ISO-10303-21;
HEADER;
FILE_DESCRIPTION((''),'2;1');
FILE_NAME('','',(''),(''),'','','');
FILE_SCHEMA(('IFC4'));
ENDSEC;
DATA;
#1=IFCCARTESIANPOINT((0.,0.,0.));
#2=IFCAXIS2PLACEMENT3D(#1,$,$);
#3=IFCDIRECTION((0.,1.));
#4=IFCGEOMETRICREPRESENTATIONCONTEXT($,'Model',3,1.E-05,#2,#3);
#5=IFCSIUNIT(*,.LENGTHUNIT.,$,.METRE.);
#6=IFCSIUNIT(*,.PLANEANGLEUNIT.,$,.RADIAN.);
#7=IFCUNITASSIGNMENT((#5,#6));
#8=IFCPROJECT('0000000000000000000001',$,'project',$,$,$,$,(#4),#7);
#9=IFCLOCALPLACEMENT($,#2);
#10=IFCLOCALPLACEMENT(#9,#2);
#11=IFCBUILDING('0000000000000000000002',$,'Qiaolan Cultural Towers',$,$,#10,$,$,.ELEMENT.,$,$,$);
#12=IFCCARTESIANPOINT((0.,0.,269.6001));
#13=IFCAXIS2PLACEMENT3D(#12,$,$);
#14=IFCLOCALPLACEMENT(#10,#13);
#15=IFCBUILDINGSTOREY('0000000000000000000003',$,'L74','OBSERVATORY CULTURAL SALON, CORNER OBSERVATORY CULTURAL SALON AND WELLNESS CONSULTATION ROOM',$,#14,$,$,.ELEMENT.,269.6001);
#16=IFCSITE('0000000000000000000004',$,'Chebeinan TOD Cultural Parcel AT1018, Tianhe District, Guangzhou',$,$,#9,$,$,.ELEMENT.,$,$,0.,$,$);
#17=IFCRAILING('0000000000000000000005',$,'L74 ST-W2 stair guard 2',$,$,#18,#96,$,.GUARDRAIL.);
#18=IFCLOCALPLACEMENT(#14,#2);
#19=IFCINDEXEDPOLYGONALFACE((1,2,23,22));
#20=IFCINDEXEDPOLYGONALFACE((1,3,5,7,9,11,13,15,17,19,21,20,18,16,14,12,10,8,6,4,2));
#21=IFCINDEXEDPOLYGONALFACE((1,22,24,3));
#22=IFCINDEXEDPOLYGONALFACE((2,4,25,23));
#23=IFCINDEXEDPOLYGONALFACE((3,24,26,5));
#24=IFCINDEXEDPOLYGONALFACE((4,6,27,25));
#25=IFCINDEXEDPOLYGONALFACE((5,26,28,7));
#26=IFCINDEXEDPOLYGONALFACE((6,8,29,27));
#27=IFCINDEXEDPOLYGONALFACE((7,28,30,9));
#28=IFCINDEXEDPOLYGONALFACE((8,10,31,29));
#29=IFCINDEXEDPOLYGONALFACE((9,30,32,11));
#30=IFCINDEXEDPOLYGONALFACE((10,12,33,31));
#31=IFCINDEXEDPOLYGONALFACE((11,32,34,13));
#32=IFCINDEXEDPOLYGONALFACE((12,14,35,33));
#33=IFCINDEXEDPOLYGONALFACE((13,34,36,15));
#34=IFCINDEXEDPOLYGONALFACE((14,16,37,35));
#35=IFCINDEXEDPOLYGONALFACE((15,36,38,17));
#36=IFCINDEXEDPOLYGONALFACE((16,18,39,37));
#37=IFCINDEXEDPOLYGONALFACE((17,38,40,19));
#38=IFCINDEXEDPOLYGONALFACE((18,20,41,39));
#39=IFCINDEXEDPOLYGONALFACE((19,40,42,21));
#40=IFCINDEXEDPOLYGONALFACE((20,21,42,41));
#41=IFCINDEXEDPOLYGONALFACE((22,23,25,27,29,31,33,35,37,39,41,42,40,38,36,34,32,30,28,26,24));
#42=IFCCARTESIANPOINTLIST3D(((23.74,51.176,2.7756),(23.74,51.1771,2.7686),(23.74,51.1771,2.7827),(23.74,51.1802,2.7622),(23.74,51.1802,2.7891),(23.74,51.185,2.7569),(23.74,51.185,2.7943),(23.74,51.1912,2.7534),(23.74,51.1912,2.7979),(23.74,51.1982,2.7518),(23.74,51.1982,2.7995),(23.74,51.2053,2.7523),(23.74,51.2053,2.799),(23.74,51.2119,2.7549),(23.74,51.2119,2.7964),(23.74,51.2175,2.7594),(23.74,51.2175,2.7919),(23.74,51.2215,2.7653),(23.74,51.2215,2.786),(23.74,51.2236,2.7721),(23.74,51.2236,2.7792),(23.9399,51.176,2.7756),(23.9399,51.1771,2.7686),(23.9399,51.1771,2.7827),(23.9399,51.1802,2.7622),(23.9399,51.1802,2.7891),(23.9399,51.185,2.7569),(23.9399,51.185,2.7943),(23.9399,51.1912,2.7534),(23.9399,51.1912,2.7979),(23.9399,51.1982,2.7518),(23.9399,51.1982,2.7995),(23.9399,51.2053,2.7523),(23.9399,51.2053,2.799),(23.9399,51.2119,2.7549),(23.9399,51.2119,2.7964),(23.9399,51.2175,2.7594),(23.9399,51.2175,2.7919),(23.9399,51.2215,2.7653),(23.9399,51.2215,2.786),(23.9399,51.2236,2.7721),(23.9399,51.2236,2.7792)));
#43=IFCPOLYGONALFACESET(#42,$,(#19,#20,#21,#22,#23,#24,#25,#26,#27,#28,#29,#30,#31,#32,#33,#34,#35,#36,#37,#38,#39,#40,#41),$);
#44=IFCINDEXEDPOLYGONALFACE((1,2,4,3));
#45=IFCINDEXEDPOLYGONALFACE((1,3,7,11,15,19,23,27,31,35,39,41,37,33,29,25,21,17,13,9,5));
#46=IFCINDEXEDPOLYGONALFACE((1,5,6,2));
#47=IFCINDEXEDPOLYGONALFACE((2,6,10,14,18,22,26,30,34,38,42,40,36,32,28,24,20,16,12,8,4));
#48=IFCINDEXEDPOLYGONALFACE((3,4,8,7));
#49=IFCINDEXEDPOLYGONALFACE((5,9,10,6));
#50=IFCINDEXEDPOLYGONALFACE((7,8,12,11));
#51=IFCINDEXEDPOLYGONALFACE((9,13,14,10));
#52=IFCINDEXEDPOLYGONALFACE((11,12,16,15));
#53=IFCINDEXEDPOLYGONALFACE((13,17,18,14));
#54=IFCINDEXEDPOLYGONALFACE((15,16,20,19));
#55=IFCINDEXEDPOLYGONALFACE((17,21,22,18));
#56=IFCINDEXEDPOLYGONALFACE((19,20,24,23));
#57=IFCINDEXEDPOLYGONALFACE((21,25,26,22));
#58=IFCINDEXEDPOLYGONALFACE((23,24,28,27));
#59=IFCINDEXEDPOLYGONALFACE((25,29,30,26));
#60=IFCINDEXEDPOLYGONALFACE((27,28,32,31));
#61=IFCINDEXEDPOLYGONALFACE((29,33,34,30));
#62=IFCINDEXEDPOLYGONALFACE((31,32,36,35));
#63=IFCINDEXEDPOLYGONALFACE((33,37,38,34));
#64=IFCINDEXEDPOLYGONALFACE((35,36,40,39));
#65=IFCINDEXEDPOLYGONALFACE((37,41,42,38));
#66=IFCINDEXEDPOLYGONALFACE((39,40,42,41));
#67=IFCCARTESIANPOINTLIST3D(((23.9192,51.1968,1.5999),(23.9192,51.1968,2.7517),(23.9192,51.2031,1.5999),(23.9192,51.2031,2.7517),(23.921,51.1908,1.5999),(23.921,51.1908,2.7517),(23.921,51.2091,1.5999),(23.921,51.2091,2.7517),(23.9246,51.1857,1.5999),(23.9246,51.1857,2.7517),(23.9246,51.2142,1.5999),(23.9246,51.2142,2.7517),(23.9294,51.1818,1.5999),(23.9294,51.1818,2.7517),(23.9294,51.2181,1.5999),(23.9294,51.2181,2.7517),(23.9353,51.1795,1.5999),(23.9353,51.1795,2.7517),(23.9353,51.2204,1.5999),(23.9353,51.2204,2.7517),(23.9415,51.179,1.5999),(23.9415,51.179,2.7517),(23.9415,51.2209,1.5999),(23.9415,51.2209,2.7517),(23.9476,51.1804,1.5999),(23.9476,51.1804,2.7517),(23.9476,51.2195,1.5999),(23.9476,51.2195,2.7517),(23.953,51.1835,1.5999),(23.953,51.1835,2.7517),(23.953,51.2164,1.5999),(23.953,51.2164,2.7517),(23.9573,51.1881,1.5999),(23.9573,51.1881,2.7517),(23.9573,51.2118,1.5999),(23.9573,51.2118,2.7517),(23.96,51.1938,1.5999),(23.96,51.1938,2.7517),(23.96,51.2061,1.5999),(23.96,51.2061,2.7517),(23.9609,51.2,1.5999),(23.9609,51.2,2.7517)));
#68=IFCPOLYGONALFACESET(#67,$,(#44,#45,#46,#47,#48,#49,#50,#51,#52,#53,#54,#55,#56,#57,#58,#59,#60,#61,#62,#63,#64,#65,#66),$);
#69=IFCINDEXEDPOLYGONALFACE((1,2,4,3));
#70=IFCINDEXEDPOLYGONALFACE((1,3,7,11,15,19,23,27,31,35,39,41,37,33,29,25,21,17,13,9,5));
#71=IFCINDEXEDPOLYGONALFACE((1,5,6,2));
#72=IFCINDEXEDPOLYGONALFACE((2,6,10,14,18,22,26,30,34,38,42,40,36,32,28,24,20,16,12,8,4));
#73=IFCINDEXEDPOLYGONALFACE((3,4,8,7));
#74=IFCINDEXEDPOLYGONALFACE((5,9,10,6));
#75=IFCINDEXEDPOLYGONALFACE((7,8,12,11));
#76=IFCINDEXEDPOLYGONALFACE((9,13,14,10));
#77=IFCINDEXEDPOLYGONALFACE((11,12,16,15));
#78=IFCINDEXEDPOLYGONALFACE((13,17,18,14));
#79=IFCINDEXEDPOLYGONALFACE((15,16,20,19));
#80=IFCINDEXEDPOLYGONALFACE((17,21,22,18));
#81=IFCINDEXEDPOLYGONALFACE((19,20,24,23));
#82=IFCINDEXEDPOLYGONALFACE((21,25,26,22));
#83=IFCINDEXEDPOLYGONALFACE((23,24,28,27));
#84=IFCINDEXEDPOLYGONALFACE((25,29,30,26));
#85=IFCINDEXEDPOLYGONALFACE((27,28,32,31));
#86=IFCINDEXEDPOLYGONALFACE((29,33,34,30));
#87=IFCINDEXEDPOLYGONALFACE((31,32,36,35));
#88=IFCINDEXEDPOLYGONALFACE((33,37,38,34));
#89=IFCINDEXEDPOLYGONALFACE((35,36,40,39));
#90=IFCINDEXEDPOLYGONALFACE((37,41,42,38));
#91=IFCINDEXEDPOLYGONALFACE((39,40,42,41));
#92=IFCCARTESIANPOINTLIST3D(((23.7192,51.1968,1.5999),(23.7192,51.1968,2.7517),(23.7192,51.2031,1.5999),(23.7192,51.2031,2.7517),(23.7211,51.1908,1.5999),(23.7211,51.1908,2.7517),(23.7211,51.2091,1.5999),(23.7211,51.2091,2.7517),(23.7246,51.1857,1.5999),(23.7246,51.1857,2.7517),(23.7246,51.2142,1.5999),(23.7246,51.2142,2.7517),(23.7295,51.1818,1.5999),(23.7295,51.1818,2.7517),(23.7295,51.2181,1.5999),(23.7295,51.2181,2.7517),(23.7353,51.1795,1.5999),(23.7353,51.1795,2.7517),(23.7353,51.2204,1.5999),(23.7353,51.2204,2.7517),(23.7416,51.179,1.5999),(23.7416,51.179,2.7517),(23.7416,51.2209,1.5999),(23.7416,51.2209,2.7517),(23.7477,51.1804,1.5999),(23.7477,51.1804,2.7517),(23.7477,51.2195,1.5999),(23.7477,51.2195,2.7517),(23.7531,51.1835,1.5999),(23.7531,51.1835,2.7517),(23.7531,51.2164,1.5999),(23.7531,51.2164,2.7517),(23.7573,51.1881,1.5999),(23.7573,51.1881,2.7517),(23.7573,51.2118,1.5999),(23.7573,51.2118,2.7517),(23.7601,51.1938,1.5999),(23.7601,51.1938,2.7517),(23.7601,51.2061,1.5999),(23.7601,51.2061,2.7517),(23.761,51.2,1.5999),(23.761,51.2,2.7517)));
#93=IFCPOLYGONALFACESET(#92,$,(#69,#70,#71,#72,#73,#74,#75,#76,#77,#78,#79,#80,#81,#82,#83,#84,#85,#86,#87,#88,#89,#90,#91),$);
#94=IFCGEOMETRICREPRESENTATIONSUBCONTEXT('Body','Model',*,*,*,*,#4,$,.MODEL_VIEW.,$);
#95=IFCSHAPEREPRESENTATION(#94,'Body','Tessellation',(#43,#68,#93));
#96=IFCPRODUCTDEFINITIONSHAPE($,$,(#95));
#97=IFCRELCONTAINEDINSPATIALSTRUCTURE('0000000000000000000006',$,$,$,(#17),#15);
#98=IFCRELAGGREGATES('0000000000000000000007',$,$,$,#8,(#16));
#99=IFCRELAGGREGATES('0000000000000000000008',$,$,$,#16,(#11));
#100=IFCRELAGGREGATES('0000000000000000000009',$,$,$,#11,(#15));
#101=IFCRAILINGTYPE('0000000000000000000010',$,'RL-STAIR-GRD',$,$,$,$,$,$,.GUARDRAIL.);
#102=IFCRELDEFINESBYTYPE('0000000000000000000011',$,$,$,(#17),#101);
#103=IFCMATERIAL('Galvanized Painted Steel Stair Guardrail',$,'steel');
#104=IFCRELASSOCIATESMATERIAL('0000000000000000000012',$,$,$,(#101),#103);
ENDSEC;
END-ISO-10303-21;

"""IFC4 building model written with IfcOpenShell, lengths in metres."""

from ifc_helpers import new_model, si_unit, direction, frame, origin, origin_2d, place, context, subcontext, project, spatial, circle, extrude, material, type_object, element, save


model = new_model("IFC4")

# Units and contexts
model_context = context("Model", 3, precision=1e-05, world=origin(), true_north=direction((0.0, 1.0)))
body_context = subcontext(model_context, "Body", "Model", "MODEL_VIEW")
ifc_project = project(units=[si_unit("LENGTHUNIT", "METRE"), si_unit("PLANEANGLEUNIT", "RADIAN")], contexts=[model_context])

# Site, building, storey
site_placement = place(None, origin())
site = spatial("IfcSite", under=ifc_project, at=site_placement, Name="Chebeinan TOD Cultural Parcel AT1018, Tianhe District, Guangzhou", CompositionType="ELEMENT", RefElevation=0.0)
building_placement = place(site_placement, origin())
building = spatial("IfcBuilding", under=site, at=building_placement, Name="Qiaolan Cultural Towers", CompositionType="ELEMENT")
storey_placement = place(building_placement, frame((0.0, 0.0, 269.6001)))
storey = spatial("IfcBuildingStorey", under=building, at=storey_placement, Name="L74", Description="OBSERVATORY CULTURAL SALON, CORNER OBSERVATORY CULTURAL SALON AND WELLNESS CONSULTATION ROOM", CompositionType="ELEMENT", Elevation=269.6001)

# Railing
ifc_material_1 = material(Name="Galvanized Painted Steel Stair Guardrail", Category="steel")
railing_type_1 = type_object("IfcRailingType", Name="RL-STAIR-GRD", PredefinedType="GUARDRAIL", material=ifc_material_1)
railing_1_placement = place(storey_placement, frame((23.9399, 51.2, 1.5999)))
element("IfcRailing", 1, at=railing_1_placement, inside=storey, type_object=railing_type_1, Name="L74 ST-W2 stair guard 2", PredefinedType="GUARDRAIL", context=body_context, shape_type="SweptSolid", body=[
    extrude(circle(Radius=0.0239, at=origin_2d()), frame((0.0, 0.0, 1.1758), z_axis=(-1.0, 0.0, 0.0), x_axis=(0.0, -1.0, 0.0)), (0.0, 0.0, 1.0), 0.2),
    extrude(circle(Radius=0.021, at=origin_2d()), origin(), (0.0, 0.0, 1.0), 1.1519),
    extrude(circle(Radius=0.021, at=origin_2d()), frame((-0.2, 0.0, 0.0)), (0.0, 0.0, 1.0), 1.1519),
])

save(model, "model.ifc")
